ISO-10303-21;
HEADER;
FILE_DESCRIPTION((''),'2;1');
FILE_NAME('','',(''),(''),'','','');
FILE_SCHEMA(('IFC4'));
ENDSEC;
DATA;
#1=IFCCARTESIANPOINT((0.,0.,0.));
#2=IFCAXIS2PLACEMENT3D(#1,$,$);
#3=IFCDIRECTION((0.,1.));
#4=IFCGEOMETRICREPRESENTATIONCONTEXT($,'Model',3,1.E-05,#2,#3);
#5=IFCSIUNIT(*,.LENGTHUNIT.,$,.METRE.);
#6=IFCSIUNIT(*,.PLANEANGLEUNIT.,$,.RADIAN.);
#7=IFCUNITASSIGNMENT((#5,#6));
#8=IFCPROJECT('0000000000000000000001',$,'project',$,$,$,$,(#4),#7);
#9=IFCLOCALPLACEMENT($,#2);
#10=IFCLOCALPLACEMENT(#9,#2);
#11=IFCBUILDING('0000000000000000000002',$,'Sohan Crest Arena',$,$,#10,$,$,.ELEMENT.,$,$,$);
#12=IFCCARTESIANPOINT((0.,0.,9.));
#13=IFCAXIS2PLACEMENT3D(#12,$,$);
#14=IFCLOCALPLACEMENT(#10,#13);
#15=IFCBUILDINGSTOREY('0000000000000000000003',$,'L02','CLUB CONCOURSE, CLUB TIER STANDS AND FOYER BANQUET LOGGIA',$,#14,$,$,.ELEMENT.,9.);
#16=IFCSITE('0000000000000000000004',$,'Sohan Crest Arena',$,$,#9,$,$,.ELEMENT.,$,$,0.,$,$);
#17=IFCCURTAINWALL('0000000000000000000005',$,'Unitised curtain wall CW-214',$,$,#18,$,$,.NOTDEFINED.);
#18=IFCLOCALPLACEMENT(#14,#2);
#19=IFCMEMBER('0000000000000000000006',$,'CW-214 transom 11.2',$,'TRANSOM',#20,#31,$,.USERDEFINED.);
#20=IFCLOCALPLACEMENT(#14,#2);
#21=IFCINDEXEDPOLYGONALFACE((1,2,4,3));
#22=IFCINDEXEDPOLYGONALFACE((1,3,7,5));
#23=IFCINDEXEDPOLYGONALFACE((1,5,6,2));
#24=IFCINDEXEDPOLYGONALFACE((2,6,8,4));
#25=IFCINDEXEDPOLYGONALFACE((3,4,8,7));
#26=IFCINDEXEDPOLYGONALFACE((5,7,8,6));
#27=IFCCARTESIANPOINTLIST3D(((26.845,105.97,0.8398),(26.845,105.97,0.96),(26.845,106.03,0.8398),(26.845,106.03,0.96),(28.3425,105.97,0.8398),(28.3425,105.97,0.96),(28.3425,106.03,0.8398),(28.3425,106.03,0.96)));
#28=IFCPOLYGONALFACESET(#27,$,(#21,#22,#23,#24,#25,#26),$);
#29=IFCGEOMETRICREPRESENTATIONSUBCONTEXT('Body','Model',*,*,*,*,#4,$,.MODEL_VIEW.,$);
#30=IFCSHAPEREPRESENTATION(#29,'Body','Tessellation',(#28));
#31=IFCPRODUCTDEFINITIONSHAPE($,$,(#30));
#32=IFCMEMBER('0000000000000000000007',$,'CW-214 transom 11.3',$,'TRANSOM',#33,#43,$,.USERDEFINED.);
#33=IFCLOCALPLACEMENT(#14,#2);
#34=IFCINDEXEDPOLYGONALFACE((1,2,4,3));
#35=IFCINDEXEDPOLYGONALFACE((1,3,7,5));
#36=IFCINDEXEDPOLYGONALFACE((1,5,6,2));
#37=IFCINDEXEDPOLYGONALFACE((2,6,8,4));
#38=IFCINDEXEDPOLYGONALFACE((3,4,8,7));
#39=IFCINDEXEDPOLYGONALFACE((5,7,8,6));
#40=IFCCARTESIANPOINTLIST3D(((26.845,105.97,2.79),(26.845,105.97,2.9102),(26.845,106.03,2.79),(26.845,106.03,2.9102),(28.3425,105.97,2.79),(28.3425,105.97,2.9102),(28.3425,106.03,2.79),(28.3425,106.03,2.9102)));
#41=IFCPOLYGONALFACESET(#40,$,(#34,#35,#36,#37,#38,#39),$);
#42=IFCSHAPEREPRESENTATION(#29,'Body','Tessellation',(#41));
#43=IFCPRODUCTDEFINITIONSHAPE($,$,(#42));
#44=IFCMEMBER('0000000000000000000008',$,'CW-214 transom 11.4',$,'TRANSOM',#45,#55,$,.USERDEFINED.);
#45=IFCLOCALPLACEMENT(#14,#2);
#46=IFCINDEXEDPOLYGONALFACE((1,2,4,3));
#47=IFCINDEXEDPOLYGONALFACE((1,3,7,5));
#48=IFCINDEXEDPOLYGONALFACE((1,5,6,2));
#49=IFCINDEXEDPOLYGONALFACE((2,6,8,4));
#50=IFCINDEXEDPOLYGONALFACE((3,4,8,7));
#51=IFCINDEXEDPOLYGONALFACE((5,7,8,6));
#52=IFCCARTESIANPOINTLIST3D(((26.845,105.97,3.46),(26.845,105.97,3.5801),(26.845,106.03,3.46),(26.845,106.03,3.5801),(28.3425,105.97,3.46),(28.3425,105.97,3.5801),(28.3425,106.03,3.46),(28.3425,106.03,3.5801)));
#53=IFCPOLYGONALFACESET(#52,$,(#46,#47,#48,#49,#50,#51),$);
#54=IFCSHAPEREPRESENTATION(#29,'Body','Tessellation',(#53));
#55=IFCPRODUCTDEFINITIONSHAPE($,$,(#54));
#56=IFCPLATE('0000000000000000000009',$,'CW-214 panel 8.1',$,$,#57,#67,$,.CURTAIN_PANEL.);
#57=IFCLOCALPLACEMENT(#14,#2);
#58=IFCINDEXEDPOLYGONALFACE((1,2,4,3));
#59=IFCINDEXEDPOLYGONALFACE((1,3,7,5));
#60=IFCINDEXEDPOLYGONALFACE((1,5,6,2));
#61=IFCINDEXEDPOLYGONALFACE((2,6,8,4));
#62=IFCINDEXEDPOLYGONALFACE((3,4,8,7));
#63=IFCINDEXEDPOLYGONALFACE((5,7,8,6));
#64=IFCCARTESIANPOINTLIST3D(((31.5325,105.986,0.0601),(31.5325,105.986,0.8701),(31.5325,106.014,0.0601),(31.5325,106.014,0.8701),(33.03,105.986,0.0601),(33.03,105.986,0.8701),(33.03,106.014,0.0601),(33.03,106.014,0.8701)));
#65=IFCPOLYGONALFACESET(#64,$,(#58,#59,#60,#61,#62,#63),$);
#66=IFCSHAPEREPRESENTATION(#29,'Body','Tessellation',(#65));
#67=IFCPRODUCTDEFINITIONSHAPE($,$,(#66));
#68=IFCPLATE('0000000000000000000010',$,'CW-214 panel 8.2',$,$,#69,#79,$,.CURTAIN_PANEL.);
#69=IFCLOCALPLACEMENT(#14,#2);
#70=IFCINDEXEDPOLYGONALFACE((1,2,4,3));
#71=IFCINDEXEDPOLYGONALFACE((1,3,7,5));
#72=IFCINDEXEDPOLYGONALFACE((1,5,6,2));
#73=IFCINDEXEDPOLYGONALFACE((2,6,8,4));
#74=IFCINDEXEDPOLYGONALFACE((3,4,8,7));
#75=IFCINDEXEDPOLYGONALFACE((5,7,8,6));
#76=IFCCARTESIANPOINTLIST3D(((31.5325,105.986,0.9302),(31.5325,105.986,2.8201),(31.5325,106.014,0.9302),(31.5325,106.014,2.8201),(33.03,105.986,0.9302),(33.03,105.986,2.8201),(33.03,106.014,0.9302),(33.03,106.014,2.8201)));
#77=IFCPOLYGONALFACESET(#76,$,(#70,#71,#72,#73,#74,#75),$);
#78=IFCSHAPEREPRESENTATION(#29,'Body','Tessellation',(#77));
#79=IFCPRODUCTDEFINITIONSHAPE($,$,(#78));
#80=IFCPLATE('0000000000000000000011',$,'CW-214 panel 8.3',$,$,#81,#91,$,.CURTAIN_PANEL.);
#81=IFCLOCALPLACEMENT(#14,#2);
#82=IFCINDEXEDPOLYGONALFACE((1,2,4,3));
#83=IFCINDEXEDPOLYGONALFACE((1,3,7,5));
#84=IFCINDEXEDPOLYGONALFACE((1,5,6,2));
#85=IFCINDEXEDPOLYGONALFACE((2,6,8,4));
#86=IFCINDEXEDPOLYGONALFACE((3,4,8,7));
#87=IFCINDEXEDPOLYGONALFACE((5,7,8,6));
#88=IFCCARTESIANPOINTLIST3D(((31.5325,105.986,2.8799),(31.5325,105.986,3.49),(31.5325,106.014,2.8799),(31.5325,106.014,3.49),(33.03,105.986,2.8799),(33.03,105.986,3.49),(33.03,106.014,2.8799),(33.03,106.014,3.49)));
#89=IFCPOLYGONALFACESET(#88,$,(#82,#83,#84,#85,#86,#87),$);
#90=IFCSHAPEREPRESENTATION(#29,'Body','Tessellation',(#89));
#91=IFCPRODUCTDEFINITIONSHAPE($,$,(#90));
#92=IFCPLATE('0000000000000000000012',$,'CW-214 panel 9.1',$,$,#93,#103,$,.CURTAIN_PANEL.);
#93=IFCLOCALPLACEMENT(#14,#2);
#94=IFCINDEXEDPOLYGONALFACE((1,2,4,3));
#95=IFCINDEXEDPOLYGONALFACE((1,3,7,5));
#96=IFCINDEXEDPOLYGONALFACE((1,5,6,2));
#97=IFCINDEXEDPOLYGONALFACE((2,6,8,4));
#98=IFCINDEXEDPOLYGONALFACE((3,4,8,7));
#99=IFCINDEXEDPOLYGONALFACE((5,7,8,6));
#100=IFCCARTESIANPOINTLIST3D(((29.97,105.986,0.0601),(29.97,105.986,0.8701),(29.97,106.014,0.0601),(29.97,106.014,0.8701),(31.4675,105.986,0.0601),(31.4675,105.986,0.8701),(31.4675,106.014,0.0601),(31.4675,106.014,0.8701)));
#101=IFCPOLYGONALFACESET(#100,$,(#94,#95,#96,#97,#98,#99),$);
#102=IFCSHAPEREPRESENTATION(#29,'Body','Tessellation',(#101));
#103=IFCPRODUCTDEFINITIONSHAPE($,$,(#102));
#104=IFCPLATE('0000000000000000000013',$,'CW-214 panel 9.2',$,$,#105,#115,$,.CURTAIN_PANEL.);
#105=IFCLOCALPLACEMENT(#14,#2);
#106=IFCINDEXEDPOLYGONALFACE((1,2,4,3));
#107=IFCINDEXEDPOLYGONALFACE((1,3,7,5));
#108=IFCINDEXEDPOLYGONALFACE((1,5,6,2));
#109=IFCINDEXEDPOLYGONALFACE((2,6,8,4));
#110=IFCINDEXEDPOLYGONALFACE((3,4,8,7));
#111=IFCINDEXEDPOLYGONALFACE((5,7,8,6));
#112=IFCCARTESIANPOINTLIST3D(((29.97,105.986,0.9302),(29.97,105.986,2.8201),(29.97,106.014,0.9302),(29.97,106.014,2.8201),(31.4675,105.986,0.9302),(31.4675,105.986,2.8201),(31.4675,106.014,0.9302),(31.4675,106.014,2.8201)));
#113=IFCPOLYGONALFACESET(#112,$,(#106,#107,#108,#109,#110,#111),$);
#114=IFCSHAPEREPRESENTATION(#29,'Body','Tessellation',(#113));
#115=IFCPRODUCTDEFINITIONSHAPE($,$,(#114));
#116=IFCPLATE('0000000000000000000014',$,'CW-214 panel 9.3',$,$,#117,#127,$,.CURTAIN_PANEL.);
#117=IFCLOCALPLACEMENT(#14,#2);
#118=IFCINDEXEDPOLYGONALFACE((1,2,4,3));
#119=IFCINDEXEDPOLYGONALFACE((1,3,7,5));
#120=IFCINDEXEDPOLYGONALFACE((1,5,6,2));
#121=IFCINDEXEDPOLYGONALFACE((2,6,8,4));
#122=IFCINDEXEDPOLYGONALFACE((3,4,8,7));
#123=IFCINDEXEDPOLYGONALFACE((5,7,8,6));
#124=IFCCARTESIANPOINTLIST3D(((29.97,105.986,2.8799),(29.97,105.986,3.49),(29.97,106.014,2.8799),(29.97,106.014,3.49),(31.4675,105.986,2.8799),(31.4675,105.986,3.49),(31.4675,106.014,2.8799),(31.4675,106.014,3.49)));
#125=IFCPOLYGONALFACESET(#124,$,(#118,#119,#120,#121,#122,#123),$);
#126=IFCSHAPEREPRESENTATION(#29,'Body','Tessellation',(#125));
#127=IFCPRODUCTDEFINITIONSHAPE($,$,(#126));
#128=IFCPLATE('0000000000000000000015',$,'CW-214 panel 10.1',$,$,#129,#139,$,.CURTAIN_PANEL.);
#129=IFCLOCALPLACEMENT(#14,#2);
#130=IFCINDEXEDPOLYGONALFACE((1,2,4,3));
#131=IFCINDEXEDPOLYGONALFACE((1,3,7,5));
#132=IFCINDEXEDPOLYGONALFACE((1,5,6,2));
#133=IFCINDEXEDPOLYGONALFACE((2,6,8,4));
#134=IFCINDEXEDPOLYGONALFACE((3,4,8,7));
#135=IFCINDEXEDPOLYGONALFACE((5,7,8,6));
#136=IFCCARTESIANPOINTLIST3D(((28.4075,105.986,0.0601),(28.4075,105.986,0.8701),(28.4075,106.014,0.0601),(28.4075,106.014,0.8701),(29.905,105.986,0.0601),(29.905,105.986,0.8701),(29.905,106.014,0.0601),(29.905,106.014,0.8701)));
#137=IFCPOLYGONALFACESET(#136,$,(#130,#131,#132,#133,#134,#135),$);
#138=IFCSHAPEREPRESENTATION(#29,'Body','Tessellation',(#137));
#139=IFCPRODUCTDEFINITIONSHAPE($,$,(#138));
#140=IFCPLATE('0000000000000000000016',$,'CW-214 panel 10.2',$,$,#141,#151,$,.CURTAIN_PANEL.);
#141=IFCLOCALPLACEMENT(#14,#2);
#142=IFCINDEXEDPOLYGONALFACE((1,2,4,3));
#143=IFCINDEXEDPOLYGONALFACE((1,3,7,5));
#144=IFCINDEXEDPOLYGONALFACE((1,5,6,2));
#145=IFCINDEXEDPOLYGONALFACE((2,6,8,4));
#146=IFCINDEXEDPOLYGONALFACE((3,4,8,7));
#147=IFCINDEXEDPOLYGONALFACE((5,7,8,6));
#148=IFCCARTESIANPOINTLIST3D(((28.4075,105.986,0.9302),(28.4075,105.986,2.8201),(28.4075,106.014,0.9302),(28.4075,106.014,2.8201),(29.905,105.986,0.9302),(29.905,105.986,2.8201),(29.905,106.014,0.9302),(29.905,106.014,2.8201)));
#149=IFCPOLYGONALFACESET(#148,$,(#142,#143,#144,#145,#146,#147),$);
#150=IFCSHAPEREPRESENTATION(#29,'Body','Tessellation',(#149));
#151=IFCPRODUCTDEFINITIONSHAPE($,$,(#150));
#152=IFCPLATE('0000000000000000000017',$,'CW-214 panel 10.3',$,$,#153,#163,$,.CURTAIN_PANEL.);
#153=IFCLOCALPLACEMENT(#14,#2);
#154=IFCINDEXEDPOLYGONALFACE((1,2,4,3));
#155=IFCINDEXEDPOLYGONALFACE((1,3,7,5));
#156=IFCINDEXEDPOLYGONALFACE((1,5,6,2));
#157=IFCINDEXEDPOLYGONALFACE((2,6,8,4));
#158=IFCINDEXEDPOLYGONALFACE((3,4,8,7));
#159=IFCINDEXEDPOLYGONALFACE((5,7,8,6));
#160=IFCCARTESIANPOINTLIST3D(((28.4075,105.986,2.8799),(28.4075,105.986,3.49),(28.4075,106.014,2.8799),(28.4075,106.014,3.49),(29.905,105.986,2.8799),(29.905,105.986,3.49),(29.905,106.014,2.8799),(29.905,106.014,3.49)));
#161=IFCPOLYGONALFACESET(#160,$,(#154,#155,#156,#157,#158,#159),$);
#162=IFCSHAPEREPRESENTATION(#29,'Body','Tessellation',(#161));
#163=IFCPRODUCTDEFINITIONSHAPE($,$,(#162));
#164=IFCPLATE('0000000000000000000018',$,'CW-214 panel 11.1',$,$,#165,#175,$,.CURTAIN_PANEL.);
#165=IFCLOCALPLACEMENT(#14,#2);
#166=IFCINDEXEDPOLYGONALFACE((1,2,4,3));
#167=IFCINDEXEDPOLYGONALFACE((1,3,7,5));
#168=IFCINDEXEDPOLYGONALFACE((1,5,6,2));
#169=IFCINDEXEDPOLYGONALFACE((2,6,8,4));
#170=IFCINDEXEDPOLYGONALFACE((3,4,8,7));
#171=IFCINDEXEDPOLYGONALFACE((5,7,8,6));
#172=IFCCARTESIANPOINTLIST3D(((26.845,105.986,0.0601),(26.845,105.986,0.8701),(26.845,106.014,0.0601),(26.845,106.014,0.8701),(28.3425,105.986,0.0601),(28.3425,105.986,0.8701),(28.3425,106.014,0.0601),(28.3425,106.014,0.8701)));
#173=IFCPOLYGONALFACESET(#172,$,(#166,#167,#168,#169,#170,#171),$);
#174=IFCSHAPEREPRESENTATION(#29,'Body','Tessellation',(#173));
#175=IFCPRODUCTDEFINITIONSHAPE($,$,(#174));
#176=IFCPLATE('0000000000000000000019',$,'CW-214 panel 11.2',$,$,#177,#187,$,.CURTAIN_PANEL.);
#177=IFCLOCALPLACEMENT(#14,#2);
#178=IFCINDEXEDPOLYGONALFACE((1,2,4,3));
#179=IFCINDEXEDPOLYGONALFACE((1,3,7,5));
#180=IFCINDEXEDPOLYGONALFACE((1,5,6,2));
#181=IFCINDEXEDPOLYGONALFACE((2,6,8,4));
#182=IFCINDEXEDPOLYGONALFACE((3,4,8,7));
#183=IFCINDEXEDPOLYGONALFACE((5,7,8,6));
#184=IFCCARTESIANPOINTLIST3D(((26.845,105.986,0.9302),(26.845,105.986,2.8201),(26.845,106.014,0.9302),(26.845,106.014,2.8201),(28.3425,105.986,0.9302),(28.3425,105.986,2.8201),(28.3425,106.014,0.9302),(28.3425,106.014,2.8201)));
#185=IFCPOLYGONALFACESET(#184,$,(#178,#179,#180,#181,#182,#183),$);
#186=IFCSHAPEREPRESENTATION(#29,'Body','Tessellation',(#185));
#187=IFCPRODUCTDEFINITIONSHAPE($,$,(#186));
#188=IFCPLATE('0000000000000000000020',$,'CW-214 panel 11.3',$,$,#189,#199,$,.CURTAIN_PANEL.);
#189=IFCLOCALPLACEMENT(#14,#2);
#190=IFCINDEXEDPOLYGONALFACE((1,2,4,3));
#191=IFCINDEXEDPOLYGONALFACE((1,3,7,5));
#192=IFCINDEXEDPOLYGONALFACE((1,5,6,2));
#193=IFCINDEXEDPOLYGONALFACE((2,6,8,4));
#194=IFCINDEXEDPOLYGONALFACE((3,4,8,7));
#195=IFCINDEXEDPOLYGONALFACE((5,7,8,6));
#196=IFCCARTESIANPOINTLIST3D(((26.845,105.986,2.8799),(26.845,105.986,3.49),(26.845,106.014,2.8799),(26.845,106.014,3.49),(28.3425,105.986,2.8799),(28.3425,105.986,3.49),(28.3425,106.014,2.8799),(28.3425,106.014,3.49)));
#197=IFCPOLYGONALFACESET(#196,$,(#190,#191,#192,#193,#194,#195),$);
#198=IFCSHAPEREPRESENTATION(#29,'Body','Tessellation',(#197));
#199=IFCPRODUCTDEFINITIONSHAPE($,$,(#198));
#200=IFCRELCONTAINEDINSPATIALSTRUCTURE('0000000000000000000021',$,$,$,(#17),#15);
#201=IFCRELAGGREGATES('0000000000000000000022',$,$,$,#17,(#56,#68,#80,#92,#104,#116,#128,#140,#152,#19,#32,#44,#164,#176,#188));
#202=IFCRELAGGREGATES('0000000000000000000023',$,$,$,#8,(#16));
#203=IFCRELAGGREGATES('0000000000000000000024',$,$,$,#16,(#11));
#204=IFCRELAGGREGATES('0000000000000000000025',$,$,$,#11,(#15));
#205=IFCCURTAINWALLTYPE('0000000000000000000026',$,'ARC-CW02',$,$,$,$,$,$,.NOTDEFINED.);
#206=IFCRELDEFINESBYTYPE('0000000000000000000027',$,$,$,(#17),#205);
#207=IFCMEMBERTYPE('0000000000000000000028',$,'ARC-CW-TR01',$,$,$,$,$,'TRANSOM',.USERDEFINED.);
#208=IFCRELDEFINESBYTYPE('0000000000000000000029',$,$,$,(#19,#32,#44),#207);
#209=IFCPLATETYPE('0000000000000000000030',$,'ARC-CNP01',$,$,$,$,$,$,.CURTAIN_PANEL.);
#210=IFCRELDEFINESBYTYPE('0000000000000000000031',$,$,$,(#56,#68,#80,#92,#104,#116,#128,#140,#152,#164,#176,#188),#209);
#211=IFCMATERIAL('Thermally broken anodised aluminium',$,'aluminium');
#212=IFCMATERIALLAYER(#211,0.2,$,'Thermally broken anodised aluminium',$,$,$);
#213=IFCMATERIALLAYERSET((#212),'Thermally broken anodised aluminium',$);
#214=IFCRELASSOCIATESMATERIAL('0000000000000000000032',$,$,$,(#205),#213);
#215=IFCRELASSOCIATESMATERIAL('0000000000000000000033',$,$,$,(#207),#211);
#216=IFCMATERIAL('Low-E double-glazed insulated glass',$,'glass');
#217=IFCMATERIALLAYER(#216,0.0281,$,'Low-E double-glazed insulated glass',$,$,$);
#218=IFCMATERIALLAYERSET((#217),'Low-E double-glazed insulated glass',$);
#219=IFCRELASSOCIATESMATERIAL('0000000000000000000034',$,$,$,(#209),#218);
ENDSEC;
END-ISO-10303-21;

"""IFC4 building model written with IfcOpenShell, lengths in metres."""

from ifc_helpers import new_model, si_unit, direction, frame, origin, origin_2d, place, context, subcontext, project, spatial, rectangle, extrude, material, layer, layer_set, material_profile, profile_set, type_object, element, aggregate, save


model = new_model("IFC4")

# Units and contexts
model_context = context("Model", 3, precision=1e-05, world=origin(), true_north=direction((0.0, 1.0)))
body_context = subcontext(model_context, "Body", "Model", "MODEL_VIEW")
ifc_project = project(units=[si_unit("LENGTHUNIT", "METRE"), si_unit("PLANEANGLEUNIT", "RADIAN")], contexts=[model_context])

# Site, building, storey
site_placement = place(None, origin())
site = spatial("IfcSite", under=ifc_project, at=site_placement, Name="Sohan Crest Arena", CompositionType="ELEMENT", RefElevation=0.0)
building_placement = place(site_placement, origin())
building = spatial("IfcBuilding", under=site, at=building_placement, Name="Sohan Crest Arena", CompositionType="ELEMENT")
storey_placement = place(building_placement, frame((0.0, 0.0, 9.0)))
storey = spatial("IfcBuildingStorey", under=building, at=storey_placement, Name="L02", Description="CLUB CONCOURSE, CLUB TIER STANDS AND FOYER BANQUET LOGGIA", CompositionType="ELEMENT", Elevation=9.0)

# Curtain wall, members, plates
ifc_material_1 = material(Name="Thermally broken anodised aluminium", Category="aluminium")
ifc_layer_1 = layer(ifc_material_1, 0.2, Name="Thermally broken anodised aluminium")
ifc_layer_set_1 = layer_set([ifc_layer_1], Name="Thermally broken anodised aluminium")
curtain_wall_type = type_object("IfcCurtainWallType", Name="ARC-CW02", PredefinedType="NOTDEFINED", material=ifc_layer_set_1)
curtain_wall_placement = place(storey_placement, origin())
curtain_wall = element("IfcCurtainWall", 1, at=curtain_wall_placement, inside=storey, type_object=curtain_wall_type, Name="Unitised curtain wall CW-214", PredefinedType="NOTDEFINED")
ifc_material_profile_1 = material_profile(ifc_material_1, rectangle(XDim=0.0601, YDim=0.1201, at=origin_2d()), Name="ALU-TRAN 60x120")
ifc_profile_set_1 = profile_set([ifc_material_profile_1], Name="Thermally broken anodised aluminium")
member_type_1 = type_object("IfcMemberType", Name="ARC-CW-TR01", ElementType="TRANSOM", PredefinedType="USERDEFINED", material=ifc_profile_set_1)
member_1_placement = place(storey_placement, frame((28.3425, 106.0, 0.8999), z_axis=(-1.0, 0.0, 0.0), x_axis=(0.0, -1.0, 0.0)))
member_1 = element("IfcMember", 2, at=member_1_placement, type_object=member_type_1, Name="CW-214 transom 11.2", ObjectType="TRANSOM", PredefinedType="USERDEFINED", context=body_context, shape_type="SweptSolid", body=[
    extrude(rectangle(XDim=0.0601, YDim=0.1201, at=origin_2d()), origin(), (0.0, 0.0, 1.0), 1.4976),
])
member_2_placement = place(storey_placement, frame((28.3425, 106.0, 2.8501), z_axis=(-1.0, 0.0, 0.0), x_axis=(0.0, -1.0, 0.0)))
member_2 = element("IfcMember", 3, at=member_2_placement, type_object=member_type_1, Name="CW-214 transom 11.3", ObjectType="TRANSOM", PredefinedType="USERDEFINED", context=body_context, shape_type="SweptSolid", body=[
    extrude(rectangle(XDim=0.0601, YDim=0.1201, at=origin_2d()), origin(), (0.0, 0.0, 1.0), 1.4976),
])
member_3_placement = place(storey_placement, frame((28.3425, 106.0, 3.52), z_axis=(-1.0, 0.0, 0.0), x_axis=(0.0, -1.0, 0.0)))
member_3 = element("IfcMember", 4, at=member_3_placement, type_object=member_type_1, Name="CW-214 transom 11.4", ObjectType="TRANSOM", PredefinedType="USERDEFINED", context=body_context, shape_type="SweptSolid", body=[
    extrude(rectangle(XDim=0.0601, YDim=0.1201, at=origin_2d()), origin(), (0.0, 0.0, 1.0), 1.4976),
])
ifc_material_2 = material(Name="Low-E double-glazed insulated glass", Category="glass")
ifc_layer_2 = layer(ifc_material_2, 0.0281, Name="Low-E double-glazed insulated glass")
ifc_layer_set_2 = layer_set([ifc_layer_2], Name="Low-E double-glazed insulated glass")
plate_type = type_object("IfcPlateType", Name="ARC-CNP01", PredefinedType="CURTAIN_PANEL", material=ifc_layer_set_2)
plate_1_placement = place(storey_placement, frame((32.2812, 106.0, 0.0601), z_axis=(0.0, 0.0, 1.0), x_axis=(-1.0, 0.0, 0.0)))
plate_1 = element("IfcPlate", 5, at=plate_1_placement, type_object=plate_type, Name="CW-214 panel 8.1", PredefinedType="CURTAIN_PANEL", context=body_context, shape_type="SweptSolid", body=[
    extrude(rectangle(XDim=1.4976, YDim=0.0281, at=origin_2d()), origin(), (0.0, 0.0, 1.0), 0.8101),
])
plate_2_placement = place(storey_placement, frame((32.2812, 106.0, 0.9302), z_axis=(0.0, 0.0, 1.0), x_axis=(-1.0, 0.0, 0.0)))
plate_2 = element("IfcPlate", 6, at=plate_2_placement, type_object=plate_type, Name="CW-214 panel 8.2", PredefinedType="CURTAIN_PANEL", context=body_context, shape_type="SweptSolid", body=[
    extrude(rectangle(XDim=1.4976, YDim=0.0281, at=origin_2d()), origin(), (0.0, 0.0, 1.0), 1.8899),
])
plate_3_placement = place(storey_placement, frame((32.2812, 106.0, 2.8799), z_axis=(0.0, 0.0, 1.0), x_axis=(-1.0, 0.0, 0.0)))
plate_3 = element("IfcPlate", 7, at=plate_3_placement, type_object=plate_type, Name="CW-214 panel 8.3", PredefinedType="CURTAIN_PANEL", context=body_context, shape_type="SweptSolid", body=[
    extrude(rectangle(XDim=1.4976, YDim=0.0281, at=origin_2d()), origin(), (0.0, 0.0, 1.0), 0.6101),
])
plate_4_placement = place(storey_placement, frame((30.7188, 106.0, 0.0601), z_axis=(0.0, 0.0, 1.0), x_axis=(-1.0, 0.0, 0.0)))
plate_4 = element("IfcPlate", 8, at=plate_4_placement, type_object=plate_type, Name="CW-214 panel 9.1", PredefinedType="CURTAIN_PANEL", context=body_context, shape_type="SweptSolid", body=[
    extrude(rectangle(XDim=1.4976, YDim=0.0281, at=origin_2d()), origin(), (0.0, 0.0, 1.0), 0.8101),
])
plate_5_placement = place(storey_placement, frame((30.7188, 106.0, 0.9302), z_axis=(0.0, 0.0, 1.0), x_axis=(-1.0, 0.0, 0.0)))
plate_5 = element("IfcPlate", 9, at=plate_5_placement, type_object=plate_type, Name="CW-214 panel 9.2", PredefinedType="CURTAIN_PANEL", context=body_context, shape_type="SweptSolid", body=[
    extrude(rectangle(XDim=1.4976, YDim=0.0281, at=origin_2d()), origin(), (0.0, 0.0, 1.0), 1.8899),
])
plate_6_placement = place(storey_placement, frame((30.7188, 106.0, 2.8799), z_axis=(0.0, 0.0, 1.0), x_axis=(-1.0, 0.0, 0.0)))
plate_6 = element("IfcPlate", 10, at=plate_6_placement, type_object=plate_type, Name="CW-214 panel 9.3", PredefinedType="CURTAIN_PANEL", context=body_context, shape_type="SweptSolid", body=[
    extrude(rectangle(XDim=1.4976, YDim=0.0281, at=origin_2d()), origin(), (0.0, 0.0, 1.0), 0.6101),
])
plate_7_placement = place(storey_placement, frame((29.1562, 106.0, 0.0601), z_axis=(0.0, 0.0, 1.0), x_axis=(-1.0, 0.0, 0.0)))
plate_7 = element("IfcPlate", 11, at=plate_7_placement, type_object=plate_type, Name="CW-214 panel 10.1", PredefinedType="CURTAIN_PANEL", context=body_context, shape_type="SweptSolid", body=[
    extrude(rectangle(XDim=1.4976, YDim=0.0281, at=origin_2d()), origin(), (0.0, 0.0, 1.0), 0.8101),
])
plate_8_placement = place(storey_placement, frame((29.1562, 106.0, 0.9302), z_axis=(0.0, 0.0, 1.0), x_axis=(-1.0, 0.0, 0.0)))
plate_8 = element("IfcPlate", 12, at=plate_8_placement, type_object=plate_type, Name="CW-214 panel 10.2", PredefinedType="CURTAIN_PANEL", context=body_context, shape_type="SweptSolid", body=[
    extrude(rectangle(XDim=1.4976, YDim=0.0281, at=origin_2d()), origin(), (0.0, 0.0, 1.0), 1.8899),
])
plate_9_placement = place(storey_placement, frame((29.1562, 106.0, 2.8799), z_axis=(0.0, 0.0, 1.0), x_axis=(-1.0, 0.0, 0.0)))
plate_9 = element("IfcPlate", 13, at=plate_9_placement, type_object=plate_type, Name="CW-214 panel 10.3", PredefinedType="CURTAIN_PANEL", context=body_context, shape_type="SweptSolid", body=[
    extrude(rectangle(XDim=1.4976, YDim=0.0281, at=origin_2d()), origin(), (0.0, 0.0, 1.0), 0.6101),
])
plate_10_placement = place(storey_placement, frame((27.5938, 106.0, 0.0601), z_axis=(0.0, 0.0, 1.0), x_axis=(-1.0, 0.0, 0.0)))
plate_10 = element("IfcPlate", 14, at=plate_10_placement, type_object=plate_type, Name="CW-214 panel 11.1", PredefinedType="CURTAIN_PANEL", context=body_context, shape_type="SweptSolid", body=[
    extrude(rectangle(XDim=1.4976, YDim=0.0281, at=origin_2d()), origin(), (0.0, 0.0, 1.0), 0.8101),
])
plate_11_placement = place(storey_placement, frame((27.5938, 106.0, 0.9302), z_axis=(0.0, 0.0, 1.0), x_axis=(-1.0, 0.0, 0.0)))
plate_11 = element("IfcPlate", 15, at=plate_11_placement, type_object=plate_type, Name="CW-214 panel 11.2", PredefinedType="CURTAIN_PANEL", context=body_context, shape_type="SweptSolid", body=[
    extrude(rectangle(XDim=1.4976, YDim=0.0281, at=origin_2d()), origin(), (0.0, 0.0, 1.0), 1.8899),
])
plate_12_placement = place(storey_placement, frame((27.5938, 106.0, 2.8799), z_axis=(0.0, 0.0, 1.0), x_axis=(-1.0, 0.0, 0.0)))
plate_12 = element("IfcPlate", 16, at=plate_12_placement, type_object=plate_type, Name="CW-214 panel 11.3", PredefinedType="CURTAIN_PANEL", context=body_context, shape_type="SweptSolid", body=[
    extrude(rectangle(XDim=1.4976, YDim=0.0281, at=origin_2d()), origin(), (0.0, 0.0, 1.0), 0.6101),
])
aggregate(curtain_wall, [plate_1, plate_2, plate_3, plate_4, plate_5, plate_6, plate_7, plate_8, plate_9, member_1, member_2, member_3, plate_10, plate_11, plate_12])

save(model, "model.ifc")
